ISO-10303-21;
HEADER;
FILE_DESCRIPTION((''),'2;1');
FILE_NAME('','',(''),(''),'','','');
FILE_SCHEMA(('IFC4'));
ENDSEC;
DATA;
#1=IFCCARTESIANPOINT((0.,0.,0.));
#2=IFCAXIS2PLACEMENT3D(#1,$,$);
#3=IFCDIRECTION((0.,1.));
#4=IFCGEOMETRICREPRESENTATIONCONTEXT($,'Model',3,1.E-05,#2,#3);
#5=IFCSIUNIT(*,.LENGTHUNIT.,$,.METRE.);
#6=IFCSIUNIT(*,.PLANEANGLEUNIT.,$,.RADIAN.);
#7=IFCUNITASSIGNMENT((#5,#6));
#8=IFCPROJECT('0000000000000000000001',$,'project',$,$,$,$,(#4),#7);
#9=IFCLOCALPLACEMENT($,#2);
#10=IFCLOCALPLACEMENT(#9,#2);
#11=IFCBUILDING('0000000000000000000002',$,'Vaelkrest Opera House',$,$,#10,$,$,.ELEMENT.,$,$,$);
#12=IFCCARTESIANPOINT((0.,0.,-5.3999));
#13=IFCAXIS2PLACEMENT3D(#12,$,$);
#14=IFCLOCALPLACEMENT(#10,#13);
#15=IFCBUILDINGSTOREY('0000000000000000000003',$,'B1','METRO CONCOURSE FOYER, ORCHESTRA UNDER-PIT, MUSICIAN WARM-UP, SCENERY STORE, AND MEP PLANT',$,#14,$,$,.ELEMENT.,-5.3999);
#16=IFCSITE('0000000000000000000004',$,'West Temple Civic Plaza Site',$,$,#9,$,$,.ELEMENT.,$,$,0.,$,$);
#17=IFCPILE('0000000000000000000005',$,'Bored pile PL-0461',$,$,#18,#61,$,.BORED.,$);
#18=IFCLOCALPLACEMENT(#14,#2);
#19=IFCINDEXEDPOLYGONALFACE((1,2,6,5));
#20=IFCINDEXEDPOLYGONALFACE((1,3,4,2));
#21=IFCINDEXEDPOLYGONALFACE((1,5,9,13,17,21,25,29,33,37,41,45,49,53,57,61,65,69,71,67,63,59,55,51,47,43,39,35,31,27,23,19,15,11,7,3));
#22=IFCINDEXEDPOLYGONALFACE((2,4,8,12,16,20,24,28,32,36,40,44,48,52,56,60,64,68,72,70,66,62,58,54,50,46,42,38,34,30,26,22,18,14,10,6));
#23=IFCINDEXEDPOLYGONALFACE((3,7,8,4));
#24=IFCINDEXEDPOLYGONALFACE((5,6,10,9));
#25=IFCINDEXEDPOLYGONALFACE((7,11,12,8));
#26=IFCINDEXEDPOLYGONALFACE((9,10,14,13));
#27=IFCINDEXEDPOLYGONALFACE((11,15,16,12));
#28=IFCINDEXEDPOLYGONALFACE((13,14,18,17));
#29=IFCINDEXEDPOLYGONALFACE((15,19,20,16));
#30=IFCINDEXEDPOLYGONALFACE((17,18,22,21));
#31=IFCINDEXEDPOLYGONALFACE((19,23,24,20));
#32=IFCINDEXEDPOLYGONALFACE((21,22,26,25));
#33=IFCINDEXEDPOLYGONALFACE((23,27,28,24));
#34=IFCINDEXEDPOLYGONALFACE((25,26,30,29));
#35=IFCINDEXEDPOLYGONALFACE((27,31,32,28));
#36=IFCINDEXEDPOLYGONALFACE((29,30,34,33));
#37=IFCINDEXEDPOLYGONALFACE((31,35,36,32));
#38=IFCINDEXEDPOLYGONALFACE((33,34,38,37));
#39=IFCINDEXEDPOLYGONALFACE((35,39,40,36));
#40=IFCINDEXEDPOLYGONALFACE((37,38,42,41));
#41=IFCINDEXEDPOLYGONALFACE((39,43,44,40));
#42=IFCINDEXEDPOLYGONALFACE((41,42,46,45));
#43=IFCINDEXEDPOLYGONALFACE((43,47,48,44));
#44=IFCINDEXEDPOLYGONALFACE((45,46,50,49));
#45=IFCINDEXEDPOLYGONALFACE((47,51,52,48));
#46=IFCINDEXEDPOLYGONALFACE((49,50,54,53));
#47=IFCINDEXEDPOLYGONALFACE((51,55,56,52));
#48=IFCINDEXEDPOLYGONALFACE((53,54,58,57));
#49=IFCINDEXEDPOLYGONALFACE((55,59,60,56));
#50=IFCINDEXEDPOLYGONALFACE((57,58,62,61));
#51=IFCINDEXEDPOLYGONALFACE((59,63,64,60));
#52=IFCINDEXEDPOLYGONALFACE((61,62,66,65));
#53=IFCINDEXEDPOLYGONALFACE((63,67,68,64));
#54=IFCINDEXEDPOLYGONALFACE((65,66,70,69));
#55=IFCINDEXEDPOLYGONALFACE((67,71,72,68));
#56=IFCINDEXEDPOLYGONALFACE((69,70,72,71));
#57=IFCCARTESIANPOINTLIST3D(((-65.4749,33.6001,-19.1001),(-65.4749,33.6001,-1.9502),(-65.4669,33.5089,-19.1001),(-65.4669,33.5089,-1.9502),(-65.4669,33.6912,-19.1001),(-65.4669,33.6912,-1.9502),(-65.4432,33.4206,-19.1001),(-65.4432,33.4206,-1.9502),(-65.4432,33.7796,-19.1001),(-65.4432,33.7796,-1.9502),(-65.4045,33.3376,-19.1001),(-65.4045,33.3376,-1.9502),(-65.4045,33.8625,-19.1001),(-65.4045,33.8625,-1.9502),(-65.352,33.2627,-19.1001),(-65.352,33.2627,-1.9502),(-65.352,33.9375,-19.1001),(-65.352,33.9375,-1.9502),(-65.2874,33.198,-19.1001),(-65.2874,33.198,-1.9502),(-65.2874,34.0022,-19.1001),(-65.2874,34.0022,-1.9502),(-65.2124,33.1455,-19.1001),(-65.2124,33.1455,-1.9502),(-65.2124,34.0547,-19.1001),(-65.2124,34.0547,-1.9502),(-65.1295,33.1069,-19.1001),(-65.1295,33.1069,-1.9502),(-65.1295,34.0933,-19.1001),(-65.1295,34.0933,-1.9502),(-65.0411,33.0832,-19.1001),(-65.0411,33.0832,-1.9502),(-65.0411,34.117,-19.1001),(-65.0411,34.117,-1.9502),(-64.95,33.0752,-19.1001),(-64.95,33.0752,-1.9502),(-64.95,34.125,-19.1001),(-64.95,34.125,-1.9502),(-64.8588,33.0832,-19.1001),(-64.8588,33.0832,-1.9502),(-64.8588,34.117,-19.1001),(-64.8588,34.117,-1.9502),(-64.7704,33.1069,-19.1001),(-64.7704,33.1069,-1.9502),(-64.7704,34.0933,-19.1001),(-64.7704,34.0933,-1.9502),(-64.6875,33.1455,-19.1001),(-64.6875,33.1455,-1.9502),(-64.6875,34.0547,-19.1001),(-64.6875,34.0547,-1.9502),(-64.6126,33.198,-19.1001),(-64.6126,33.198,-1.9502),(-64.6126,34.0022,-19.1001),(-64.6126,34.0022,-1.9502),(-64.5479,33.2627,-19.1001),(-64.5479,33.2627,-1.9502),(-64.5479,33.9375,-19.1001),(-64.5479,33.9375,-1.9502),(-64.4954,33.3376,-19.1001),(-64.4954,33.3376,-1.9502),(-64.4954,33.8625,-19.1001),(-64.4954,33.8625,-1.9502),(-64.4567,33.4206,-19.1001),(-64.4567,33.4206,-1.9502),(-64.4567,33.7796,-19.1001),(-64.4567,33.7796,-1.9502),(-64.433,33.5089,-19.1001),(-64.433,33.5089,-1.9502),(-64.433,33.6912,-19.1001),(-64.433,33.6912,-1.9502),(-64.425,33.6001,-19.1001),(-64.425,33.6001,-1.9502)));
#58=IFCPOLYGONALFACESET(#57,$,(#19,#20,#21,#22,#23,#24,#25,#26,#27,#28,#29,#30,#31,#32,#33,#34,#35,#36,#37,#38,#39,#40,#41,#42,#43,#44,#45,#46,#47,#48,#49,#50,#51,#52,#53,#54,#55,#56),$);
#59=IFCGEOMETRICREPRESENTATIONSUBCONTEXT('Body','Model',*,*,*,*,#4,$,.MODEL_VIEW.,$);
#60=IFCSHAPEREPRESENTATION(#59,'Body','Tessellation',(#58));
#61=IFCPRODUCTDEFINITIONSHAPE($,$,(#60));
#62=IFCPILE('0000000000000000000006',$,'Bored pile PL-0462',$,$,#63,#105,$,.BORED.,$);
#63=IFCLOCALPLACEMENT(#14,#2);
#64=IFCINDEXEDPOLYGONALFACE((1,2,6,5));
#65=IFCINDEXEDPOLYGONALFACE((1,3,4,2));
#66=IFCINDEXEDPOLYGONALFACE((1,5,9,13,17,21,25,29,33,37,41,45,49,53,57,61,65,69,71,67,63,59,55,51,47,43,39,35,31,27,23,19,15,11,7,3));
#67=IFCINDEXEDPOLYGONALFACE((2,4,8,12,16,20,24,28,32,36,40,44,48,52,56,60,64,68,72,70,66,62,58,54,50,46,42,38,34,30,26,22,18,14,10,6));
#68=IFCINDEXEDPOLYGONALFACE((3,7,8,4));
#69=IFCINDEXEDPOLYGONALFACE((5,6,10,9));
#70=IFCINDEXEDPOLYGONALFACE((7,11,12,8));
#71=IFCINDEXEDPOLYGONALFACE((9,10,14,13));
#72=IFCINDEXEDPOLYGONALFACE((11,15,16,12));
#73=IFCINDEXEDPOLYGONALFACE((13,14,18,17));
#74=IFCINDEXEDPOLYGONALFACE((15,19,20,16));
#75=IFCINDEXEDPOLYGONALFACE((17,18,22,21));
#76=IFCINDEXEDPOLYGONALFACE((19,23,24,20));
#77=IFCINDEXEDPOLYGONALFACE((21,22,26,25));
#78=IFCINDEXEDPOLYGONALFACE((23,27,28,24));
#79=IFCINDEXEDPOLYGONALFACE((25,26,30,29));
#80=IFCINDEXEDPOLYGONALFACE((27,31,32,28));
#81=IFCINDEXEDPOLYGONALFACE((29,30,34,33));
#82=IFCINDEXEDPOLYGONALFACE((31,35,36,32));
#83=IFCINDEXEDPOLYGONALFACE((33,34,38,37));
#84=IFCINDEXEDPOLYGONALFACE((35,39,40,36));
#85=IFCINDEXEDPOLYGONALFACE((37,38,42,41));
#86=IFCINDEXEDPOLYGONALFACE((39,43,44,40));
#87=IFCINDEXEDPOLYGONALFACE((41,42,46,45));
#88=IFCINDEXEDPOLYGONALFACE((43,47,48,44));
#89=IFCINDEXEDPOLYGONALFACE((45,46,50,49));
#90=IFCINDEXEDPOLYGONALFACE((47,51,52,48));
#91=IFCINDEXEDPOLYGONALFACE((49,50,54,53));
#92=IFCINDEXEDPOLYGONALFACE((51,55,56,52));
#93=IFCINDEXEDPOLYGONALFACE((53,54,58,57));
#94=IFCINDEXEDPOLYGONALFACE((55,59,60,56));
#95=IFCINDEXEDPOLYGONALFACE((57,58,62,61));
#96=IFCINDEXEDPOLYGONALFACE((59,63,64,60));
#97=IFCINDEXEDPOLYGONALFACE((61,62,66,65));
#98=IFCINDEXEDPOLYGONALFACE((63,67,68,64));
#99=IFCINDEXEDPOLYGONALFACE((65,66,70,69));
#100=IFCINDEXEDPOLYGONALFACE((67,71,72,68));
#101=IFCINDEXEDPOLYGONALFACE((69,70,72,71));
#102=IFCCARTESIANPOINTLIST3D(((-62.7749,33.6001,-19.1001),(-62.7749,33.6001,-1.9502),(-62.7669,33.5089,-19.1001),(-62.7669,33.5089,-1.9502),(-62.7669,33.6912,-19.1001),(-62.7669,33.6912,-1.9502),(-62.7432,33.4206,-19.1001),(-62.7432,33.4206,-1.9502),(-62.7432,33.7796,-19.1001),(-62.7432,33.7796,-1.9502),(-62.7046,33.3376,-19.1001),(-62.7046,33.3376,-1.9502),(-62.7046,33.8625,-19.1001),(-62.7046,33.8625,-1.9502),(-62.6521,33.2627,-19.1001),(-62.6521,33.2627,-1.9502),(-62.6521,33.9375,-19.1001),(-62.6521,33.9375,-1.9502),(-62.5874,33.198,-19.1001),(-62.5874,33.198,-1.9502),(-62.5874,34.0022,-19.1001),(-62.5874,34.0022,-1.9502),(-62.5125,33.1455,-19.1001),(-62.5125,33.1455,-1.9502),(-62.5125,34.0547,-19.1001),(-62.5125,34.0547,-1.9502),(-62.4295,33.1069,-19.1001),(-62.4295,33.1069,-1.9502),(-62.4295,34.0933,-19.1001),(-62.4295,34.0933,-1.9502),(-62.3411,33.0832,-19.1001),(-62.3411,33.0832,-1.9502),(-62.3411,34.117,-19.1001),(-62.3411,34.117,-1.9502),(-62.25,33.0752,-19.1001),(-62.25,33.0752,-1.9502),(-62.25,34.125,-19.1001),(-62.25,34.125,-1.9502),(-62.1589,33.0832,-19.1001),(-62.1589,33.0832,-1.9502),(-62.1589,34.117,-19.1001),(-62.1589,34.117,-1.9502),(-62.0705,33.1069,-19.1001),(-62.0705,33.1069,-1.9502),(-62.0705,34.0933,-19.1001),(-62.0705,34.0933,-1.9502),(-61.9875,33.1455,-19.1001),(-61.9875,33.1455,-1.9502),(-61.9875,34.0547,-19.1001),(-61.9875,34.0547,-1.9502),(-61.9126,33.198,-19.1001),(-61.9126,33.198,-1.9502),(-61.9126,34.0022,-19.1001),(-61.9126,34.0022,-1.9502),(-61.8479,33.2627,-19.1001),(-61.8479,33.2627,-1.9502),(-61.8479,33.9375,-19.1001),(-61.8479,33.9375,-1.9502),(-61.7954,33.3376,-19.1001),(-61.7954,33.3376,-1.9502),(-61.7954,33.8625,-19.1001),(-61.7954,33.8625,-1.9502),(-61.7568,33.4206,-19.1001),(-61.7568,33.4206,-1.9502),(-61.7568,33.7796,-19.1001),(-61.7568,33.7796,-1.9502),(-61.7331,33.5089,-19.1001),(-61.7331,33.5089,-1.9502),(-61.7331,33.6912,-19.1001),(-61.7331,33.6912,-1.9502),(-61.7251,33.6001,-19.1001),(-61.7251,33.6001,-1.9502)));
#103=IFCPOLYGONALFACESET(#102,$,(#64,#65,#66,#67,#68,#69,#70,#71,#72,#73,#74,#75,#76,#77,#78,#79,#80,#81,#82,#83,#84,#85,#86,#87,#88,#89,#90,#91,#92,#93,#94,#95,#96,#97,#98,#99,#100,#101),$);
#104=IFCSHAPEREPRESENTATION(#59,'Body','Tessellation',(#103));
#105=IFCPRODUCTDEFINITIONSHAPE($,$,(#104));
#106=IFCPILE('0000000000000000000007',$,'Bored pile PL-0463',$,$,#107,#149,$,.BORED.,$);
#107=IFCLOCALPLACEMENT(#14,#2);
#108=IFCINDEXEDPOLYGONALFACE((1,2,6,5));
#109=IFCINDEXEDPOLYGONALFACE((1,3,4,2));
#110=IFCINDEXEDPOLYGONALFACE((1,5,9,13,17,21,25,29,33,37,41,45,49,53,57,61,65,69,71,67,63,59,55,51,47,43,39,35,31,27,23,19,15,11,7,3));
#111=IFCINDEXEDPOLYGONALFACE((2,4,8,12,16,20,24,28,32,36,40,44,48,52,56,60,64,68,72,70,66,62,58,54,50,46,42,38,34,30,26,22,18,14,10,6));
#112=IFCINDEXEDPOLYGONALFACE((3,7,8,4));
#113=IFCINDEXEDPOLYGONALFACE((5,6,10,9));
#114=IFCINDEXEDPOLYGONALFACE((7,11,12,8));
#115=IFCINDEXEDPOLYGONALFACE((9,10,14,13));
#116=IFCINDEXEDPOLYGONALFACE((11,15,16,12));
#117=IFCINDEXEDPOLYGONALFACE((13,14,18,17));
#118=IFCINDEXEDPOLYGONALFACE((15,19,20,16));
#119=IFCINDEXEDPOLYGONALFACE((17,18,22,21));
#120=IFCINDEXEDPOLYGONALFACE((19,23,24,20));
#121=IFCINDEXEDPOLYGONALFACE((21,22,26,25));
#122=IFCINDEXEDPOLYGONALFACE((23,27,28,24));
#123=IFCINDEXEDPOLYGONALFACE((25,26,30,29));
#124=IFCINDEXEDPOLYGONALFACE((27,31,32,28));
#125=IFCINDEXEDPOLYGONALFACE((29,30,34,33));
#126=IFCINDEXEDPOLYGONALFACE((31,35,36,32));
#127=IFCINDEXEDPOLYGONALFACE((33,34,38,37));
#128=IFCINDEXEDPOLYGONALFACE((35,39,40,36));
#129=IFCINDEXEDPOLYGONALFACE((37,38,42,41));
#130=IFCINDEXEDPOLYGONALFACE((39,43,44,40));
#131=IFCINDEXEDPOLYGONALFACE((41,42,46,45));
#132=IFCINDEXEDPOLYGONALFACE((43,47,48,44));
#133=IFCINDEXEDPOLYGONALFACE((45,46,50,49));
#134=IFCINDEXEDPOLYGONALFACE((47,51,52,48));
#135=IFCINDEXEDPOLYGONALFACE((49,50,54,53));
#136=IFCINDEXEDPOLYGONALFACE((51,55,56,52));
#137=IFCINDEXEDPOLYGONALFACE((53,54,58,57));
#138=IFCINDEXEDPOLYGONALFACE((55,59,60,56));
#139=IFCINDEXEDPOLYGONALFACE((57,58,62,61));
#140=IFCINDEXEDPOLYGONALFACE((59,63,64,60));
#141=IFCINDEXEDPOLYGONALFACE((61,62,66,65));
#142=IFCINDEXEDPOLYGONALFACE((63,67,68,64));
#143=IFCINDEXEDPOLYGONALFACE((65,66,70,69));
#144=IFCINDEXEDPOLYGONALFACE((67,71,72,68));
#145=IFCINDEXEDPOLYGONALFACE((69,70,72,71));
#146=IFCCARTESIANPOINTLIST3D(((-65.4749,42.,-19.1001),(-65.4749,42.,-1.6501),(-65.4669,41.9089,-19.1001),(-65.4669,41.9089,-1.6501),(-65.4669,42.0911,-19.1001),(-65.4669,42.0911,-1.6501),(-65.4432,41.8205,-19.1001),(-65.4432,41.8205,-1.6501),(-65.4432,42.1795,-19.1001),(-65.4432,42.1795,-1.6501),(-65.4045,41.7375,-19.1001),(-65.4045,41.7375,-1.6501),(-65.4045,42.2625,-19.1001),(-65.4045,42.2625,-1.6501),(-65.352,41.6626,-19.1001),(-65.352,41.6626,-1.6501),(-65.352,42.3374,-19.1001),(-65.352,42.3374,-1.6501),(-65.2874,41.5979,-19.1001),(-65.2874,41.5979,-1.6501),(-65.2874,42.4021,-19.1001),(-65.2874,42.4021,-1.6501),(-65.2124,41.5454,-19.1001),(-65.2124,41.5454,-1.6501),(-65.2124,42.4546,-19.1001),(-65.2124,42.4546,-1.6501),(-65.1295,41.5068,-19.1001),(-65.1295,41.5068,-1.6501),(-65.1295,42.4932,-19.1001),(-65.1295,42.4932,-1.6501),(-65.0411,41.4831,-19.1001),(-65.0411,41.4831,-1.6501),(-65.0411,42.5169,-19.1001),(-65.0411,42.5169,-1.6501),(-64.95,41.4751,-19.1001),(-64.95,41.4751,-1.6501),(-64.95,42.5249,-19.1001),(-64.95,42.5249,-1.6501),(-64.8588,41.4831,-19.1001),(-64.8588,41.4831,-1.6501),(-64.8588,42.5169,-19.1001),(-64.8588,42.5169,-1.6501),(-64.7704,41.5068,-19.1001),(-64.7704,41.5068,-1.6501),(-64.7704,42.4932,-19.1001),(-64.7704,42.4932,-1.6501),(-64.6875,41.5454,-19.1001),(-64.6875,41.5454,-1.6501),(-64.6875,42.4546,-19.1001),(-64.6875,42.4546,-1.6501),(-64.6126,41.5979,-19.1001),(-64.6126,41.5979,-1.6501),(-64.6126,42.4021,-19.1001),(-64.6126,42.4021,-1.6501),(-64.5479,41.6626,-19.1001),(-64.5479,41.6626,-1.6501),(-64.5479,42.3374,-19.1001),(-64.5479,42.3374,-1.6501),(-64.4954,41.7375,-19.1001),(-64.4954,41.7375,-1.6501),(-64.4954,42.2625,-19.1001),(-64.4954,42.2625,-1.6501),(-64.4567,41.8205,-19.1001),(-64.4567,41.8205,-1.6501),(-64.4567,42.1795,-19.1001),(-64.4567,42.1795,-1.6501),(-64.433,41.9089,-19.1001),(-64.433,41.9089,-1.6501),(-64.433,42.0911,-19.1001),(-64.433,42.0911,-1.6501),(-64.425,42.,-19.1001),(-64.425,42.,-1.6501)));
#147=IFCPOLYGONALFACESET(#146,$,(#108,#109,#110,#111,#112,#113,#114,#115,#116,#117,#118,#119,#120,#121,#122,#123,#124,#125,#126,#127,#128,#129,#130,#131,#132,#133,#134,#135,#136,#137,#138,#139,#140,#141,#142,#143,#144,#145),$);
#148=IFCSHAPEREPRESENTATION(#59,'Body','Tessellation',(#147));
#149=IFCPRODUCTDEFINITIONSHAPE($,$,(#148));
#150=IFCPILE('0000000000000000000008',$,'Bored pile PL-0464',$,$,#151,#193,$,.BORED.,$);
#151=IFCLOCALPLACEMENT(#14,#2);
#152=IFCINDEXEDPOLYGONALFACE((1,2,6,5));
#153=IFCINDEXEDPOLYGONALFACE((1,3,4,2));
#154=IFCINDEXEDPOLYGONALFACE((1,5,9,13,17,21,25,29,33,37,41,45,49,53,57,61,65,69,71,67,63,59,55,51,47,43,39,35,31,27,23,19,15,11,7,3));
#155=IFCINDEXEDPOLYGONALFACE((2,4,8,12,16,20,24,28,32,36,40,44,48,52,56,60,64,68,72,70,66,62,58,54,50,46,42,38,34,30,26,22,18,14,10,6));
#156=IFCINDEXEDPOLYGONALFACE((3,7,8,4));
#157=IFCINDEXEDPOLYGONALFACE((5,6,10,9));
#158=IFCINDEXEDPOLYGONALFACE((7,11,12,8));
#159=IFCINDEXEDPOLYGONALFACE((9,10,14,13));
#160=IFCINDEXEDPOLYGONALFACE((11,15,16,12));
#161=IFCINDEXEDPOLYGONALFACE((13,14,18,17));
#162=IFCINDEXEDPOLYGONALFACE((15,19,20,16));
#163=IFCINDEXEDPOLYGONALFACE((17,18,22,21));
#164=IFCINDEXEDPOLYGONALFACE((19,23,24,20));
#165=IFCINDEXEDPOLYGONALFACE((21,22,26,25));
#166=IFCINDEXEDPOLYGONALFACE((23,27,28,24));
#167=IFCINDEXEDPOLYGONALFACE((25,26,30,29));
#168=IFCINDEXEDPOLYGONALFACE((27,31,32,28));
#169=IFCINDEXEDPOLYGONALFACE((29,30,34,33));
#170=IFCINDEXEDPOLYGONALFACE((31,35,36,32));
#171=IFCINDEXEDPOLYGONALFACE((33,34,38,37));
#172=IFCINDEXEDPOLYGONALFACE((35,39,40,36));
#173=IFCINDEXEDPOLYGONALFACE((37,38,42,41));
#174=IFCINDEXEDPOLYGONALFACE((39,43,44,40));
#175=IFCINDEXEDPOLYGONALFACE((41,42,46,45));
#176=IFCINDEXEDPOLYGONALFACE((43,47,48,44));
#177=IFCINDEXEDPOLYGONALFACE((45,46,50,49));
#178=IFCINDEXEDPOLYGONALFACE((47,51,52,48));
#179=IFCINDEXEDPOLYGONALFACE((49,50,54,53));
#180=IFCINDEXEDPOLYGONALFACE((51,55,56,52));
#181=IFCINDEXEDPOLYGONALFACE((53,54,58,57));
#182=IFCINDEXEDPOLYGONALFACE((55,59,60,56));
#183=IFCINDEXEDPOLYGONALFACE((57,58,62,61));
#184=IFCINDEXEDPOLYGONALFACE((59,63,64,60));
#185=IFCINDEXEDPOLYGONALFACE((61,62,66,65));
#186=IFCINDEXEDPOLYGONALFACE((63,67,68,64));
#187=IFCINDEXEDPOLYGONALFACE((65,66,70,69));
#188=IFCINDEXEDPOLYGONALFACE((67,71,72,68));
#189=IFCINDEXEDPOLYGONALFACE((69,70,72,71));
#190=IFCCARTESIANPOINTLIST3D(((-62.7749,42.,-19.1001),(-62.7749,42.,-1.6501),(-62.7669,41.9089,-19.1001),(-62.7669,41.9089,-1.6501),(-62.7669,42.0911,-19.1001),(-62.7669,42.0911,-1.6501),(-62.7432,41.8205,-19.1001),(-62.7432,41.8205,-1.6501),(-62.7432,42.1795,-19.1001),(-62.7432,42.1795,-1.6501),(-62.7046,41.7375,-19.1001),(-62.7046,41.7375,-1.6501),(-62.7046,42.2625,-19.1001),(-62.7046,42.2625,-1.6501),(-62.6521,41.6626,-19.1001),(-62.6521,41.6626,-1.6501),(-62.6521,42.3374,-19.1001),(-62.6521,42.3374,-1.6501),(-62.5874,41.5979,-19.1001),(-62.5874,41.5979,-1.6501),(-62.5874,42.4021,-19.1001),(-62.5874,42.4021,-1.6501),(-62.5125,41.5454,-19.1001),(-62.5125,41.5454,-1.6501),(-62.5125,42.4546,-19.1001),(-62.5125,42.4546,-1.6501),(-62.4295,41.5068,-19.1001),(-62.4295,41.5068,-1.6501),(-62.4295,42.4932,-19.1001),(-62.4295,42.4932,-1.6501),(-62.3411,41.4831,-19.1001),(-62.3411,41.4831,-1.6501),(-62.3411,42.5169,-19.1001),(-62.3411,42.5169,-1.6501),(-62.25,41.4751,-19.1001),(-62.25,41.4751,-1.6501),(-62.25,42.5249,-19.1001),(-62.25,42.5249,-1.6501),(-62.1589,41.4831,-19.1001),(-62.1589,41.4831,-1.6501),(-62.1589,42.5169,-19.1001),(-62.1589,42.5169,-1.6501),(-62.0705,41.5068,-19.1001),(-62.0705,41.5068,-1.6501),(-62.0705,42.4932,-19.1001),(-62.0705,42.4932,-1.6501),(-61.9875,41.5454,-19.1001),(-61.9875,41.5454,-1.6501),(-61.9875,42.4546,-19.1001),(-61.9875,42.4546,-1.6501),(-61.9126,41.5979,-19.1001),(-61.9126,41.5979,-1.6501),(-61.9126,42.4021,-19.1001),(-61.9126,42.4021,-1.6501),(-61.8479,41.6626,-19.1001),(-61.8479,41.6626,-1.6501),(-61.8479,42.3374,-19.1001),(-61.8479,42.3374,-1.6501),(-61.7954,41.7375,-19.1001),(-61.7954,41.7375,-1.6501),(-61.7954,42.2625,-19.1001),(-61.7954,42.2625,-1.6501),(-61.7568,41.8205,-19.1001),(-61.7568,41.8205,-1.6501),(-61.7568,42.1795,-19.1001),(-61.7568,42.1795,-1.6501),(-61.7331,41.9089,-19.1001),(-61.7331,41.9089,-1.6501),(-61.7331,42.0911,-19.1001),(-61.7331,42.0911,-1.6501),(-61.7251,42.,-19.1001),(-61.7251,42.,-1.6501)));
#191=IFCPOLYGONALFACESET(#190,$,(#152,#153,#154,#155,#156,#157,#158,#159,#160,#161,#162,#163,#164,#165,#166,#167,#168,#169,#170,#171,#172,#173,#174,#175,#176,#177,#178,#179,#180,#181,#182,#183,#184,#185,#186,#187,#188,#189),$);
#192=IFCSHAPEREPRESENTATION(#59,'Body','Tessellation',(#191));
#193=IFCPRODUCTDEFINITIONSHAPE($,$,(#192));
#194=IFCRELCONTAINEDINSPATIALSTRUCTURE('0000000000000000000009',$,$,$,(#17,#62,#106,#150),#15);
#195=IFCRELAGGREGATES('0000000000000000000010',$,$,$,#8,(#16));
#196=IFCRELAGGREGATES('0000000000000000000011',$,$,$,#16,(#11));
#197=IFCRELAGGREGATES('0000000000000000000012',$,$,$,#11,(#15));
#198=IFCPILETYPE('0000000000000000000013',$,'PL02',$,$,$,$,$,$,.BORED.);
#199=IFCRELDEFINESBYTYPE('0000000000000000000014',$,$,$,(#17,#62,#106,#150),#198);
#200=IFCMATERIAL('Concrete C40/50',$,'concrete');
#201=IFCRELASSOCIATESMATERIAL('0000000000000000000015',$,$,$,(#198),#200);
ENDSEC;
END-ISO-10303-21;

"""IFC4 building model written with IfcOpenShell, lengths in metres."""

from ifc_helpers import new_model, si_unit, direction, frame, origin, origin_2d, place, context, subcontext, project, spatial, circle, extrude, material, material_profile, profile_set, type_object, element, save


model = new_model("IFC4")

# Units and contexts
model_context = context("Model", 3, precision=1e-05, world=origin(), true_north=direction((0.0, 1.0)))
body_context = subcontext(model_context, "Body", "Model", "MODEL_VIEW")
ifc_project = project(units=[si_unit("LENGTHUNIT", "METRE"), si_unit("PLANEANGLEUNIT", "RADIAN")], contexts=[model_context])

# Site, building, storey
site_placement = place(None, origin())
site = spatial("IfcSite", under=ifc_project, at=site_placement, Name="West Temple Civic Plaza Site", CompositionType="ELEMENT", RefElevation=0.0)
building_placement = place(site_placement, origin())
building = spatial("IfcBuilding", under=site, at=building_placement, Name="Vaelkrest Opera House", CompositionType="ELEMENT")
storey_placement = place(building_placement, frame((0.0, 0.0, -5.3999)))
storey = spatial("IfcBuildingStorey", under=building, at=storey_placement, Name="B1", Description="METRO CONCOURSE FOYER, ORCHESTRA UNDER-PIT, MUSICIAN WARM-UP, SCENERY STORE, AND MEP PLANT", CompositionType="ELEMENT", Elevation=-5.3999)

# Shared definitions
ifc_material_1 = material(Name="Concrete C40/50", Category="concrete")

# Piles
ifc_material_profile_1 = material_profile(ifc_material_1, circle(Radius=0.5249, at=origin_2d()), Name="PILE1050")
ifc_profile_set_1 = profile_set([ifc_material_profile_1], Name="Concrete C40/50")
pile_type = type_object("IfcPileType", Name="PL02", PredefinedType="BORED", material=ifc_profile_set_1)
for number, where, z_axis, x_axis, name in (
    (1, (-64.95, 33.6001, -1.9502), (0.0, 0.0, -1.0), (1.0, 0.0, 0.0), "Bored pile PL-0461"),
    (2, (-62.25, 33.6001, -1.9502), (0.0, 0.0, -1.0), (1.0, 0.0, 0.0), "Bored pile PL-0462"),
):
    element("IfcPile", number, at=place(storey_placement, frame(where, z_axis=z_axis, x_axis=x_axis)), inside=storey, type_object=pile_type, Name=name, PredefinedType="BORED", context=body_context, shape_type="SweptSolid", body=[
        extrude(circle(Radius=0.5249, at=origin_2d()), origin(), (0.0, 0.0, 1.0), 17.1499),
    ])
for number, where, z_axis, x_axis, name in (
    (3, (-64.95, 42.0, -1.6501), (0.0, 0.0, -1.0), (1.0, 0.0, 0.0), "Bored pile PL-0463"),
    (4, (-62.25, 42.0, -1.6501), (0.0, 0.0, -1.0), (1.0, 0.0, 0.0), "Bored pile PL-0464"),
):
    element("IfcPile", number, at=place(storey_placement, frame(where, z_axis=z_axis, x_axis=x_axis)), inside=storey, type_object=pile_type, Name=name, PredefinedType="BORED", context=body_context, shape_type="SweptSolid", body=[
        extrude(circle(Radius=0.5249, at=origin_2d()), origin(), (0.0, 0.0, 1.0), 17.45),
    ])

save(model, "model.ifc")
